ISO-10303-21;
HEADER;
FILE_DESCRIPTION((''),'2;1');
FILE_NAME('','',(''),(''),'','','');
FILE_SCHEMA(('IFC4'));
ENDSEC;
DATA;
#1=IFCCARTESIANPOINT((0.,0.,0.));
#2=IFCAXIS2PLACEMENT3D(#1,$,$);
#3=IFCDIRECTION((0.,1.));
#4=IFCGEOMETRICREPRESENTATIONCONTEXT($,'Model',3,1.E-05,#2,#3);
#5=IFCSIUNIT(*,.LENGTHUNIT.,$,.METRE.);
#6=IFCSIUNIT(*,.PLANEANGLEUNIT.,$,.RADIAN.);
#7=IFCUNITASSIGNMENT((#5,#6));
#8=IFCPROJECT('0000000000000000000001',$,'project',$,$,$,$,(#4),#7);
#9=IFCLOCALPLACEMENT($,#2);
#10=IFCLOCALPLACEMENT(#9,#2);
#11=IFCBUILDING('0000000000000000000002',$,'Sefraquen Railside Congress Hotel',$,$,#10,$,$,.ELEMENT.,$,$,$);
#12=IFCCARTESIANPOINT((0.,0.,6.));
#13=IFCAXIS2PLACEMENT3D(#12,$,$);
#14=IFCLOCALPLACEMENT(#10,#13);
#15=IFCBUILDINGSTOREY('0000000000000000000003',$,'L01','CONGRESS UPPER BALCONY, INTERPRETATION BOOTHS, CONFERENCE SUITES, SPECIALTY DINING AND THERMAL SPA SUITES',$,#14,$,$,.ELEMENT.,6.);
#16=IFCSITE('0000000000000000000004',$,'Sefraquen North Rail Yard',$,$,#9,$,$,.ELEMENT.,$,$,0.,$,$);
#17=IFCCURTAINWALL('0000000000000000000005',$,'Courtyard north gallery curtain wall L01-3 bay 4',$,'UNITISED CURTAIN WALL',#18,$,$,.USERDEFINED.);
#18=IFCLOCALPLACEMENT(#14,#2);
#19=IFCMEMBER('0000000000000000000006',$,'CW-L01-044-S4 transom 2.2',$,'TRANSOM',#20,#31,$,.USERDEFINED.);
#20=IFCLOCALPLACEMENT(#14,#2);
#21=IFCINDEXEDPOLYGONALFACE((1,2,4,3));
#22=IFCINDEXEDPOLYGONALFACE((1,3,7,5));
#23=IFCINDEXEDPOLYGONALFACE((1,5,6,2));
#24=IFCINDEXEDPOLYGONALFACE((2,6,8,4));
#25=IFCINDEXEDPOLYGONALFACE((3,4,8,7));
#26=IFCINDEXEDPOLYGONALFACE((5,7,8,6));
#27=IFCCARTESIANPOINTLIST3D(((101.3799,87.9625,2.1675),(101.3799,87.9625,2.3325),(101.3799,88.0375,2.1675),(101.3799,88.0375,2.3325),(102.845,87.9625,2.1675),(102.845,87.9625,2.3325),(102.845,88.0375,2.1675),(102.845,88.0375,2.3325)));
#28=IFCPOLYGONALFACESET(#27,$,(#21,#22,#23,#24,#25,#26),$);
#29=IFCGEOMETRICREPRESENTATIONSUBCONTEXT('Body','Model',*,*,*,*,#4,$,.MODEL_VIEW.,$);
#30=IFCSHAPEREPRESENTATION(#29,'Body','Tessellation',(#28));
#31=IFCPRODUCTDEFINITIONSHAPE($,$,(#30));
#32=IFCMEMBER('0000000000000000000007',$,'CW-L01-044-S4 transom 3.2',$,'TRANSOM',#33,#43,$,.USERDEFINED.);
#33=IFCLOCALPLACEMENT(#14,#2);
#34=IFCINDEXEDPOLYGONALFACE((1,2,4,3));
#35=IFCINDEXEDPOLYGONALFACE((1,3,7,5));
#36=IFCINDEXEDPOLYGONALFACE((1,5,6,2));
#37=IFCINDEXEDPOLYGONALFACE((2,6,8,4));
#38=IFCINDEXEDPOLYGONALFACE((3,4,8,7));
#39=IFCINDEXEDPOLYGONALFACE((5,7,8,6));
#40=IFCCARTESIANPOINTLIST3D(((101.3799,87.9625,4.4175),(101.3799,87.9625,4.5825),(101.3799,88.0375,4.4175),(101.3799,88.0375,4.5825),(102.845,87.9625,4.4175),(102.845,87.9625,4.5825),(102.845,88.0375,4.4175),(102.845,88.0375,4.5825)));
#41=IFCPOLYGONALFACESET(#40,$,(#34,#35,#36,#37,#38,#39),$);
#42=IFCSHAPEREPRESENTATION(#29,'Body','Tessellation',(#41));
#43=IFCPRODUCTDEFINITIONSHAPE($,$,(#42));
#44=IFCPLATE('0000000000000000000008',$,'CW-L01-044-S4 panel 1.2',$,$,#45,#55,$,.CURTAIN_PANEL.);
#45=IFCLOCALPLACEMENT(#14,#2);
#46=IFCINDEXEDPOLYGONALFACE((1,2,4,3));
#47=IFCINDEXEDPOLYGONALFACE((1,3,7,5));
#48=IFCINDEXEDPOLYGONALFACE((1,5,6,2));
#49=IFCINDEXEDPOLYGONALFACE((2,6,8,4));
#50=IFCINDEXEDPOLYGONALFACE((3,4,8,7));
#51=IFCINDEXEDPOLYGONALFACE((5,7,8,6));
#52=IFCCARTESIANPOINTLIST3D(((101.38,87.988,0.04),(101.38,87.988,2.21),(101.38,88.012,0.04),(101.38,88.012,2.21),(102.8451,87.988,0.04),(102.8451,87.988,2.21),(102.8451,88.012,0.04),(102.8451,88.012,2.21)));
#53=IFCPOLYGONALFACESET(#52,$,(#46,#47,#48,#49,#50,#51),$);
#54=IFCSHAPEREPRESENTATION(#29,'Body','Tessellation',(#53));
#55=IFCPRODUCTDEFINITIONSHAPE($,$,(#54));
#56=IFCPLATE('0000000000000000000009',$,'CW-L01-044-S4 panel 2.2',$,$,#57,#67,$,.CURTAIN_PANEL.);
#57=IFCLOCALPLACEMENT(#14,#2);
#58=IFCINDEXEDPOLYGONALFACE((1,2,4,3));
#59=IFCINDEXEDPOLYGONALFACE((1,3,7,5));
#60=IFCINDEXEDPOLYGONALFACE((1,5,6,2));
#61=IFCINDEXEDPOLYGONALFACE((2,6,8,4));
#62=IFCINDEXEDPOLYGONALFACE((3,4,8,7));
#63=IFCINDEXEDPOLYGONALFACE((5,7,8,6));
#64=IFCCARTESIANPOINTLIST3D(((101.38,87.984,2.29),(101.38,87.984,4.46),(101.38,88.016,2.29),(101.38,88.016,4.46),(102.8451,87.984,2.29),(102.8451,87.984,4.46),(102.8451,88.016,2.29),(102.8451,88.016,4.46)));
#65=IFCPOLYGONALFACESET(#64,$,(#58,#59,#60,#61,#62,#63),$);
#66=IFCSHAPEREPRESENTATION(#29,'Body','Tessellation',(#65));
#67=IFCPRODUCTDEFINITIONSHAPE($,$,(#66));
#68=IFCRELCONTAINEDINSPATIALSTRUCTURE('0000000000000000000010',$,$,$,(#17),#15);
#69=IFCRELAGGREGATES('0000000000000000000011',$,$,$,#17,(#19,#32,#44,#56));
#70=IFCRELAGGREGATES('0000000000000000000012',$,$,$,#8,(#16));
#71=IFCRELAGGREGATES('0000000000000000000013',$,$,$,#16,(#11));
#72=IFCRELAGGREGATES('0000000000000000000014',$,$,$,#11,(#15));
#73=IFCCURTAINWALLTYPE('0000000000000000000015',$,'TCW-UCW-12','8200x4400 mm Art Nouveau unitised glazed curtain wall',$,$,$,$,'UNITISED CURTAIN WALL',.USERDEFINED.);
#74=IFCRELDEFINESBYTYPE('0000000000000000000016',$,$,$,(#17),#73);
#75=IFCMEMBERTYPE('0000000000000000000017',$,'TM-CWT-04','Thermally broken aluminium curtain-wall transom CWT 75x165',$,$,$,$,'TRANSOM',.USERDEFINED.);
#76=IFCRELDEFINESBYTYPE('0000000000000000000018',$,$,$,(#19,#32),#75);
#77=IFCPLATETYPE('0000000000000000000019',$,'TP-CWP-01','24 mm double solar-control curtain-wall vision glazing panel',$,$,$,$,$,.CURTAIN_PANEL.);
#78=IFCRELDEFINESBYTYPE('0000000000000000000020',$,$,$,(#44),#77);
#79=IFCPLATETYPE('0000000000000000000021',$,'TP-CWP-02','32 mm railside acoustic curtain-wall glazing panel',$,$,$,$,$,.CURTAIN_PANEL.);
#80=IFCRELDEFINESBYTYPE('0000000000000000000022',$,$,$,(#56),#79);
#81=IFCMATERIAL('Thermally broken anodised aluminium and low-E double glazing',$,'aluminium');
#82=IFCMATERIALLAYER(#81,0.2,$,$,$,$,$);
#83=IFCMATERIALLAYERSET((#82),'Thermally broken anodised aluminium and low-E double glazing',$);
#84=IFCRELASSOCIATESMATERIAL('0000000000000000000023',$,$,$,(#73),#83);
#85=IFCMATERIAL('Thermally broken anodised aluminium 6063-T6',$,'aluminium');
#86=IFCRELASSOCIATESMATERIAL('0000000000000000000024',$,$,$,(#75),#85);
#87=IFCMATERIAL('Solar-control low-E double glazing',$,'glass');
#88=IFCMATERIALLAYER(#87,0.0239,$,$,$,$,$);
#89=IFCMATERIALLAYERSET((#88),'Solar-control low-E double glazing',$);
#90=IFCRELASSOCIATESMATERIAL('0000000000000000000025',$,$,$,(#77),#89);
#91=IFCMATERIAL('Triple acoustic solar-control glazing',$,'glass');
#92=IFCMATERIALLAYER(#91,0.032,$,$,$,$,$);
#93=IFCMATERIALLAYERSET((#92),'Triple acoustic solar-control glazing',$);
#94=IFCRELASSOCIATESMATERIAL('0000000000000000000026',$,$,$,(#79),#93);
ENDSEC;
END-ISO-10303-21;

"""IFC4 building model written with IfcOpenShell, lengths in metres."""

from ifc_helpers import new_model, si_unit, direction, frame, origin, origin_2d, place, context, subcontext, project, spatial, rectangle, extrude, material, layer, layer_set, material_profile, profile_set, type_object, element, aggregate, save


model = new_model("IFC4")

# Units and contexts
model_context = context("Model", 3, precision=1e-05, world=origin(), true_north=direction((0.0, 1.0)))
body_context = subcontext(model_context, "Body", "Model", "MODEL_VIEW")
ifc_project = project(units=[si_unit("LENGTHUNIT", "METRE"), si_unit("PLANEANGLEUNIT", "RADIAN")], contexts=[model_context])

# Site, building, storey
site_placement = place(None, origin())
site = spatial("IfcSite", under=ifc_project, at=site_placement, Name="Sefraquen North Rail Yard", CompositionType="ELEMENT", RefElevation=0.0)
building_placement = place(site_placement, origin())
building = spatial("IfcBuilding", under=site, at=building_placement, Name="Sefraquen Railside Congress Hotel", CompositionType="ELEMENT")
storey_placement = place(building_placement, frame((0.0, 0.0, 6.0)))
storey = spatial("IfcBuildingStorey", under=building, at=storey_placement, Name="L01", Description="CONGRESS UPPER BALCONY, INTERPRETATION BOOTHS, CONFERENCE SUITES, SPECIALTY DINING AND THERMAL SPA SUITES", CompositionType="ELEMENT", Elevation=6.0)

# Curtain wall, members, plates
ifc_material_1 = material(Name="Thermally broken anodised aluminium and low-E double glazing", Category="aluminium")
ifc_layer_1 = layer(ifc_material_1, 0.2)
ifc_layer_set_1 = layer_set([ifc_layer_1], Name="Thermally broken anodised aluminium and low-E double glazing")
curtain_wall_type = type_object("IfcCurtainWallType", Name="TCW-UCW-12", Description="8200x4400 mm Art Nouveau unitised glazed curtain wall", ElementType="UNITISED CURTAIN WALL", PredefinedType="USERDEFINED", material=ifc_layer_set_1)
curtain_wall_placement = place(storey_placement, origin())
curtain_wall = element("IfcCurtainWall", 1, at=curtain_wall_placement, inside=storey, type_object=curtain_wall_type, Name="Courtyard north gallery curtain wall L01-3 bay 4", ObjectType="UNITISED CURTAIN WALL", PredefinedType="USERDEFINED")
ifc_material_2 = material(Name="Thermally broken anodised aluminium 6063-T6", Category="aluminium")
ifc_material_profile_1 = material_profile(ifc_material_2, rectangle(XDim=0.075, YDim=0.165, at=origin_2d()), Name="CWT 75x165")
ifc_profile_set_1 = profile_set([ifc_material_profile_1], Name="Thermally broken anodised aluminium 6063-T6")
member_type_1 = type_object("IfcMemberType", Name="TM-CWT-04", Description="Thermally broken aluminium curtain-wall transom CWT 75x165", ElementType="TRANSOM", PredefinedType="USERDEFINED", material=ifc_profile_set_1)
member_1_placement = place(storey_placement, frame((101.3799, 88.0, 2.25), z_axis=(1.0, 0.0, 0.0), x_axis=(0.0, 1.0, 0.0)))
member_1 = element("IfcMember", 2, at=member_1_placement, type_object=member_type_1, Name="CW-L01-044-S4 transom 2.2", ObjectType="TRANSOM", PredefinedType="USERDEFINED", context=body_context, shape_type="SweptSolid", body=[
    extrude(rectangle(XDim=0.075, YDim=0.165, at=origin_2d()), origin(), (0.0, 0.0, 1.0), 1.4651),
])
member_2_placement = place(storey_placement, frame((101.3799, 88.0, 4.5), z_axis=(1.0, 0.0, 0.0), x_axis=(0.0, 1.0, 0.0)))
member_2 = element("IfcMember", 3, at=member_2_placement, type_object=member_type_1, Name="CW-L01-044-S4 transom 3.2", ObjectType="TRANSOM", PredefinedType="USERDEFINED", context=body_context, shape_type="SweptSolid", body=[
    extrude(rectangle(XDim=0.075, YDim=0.165, at=origin_2d()), origin(), (0.0, 0.0, 1.0), 1.4651),
])
ifc_material_3 = material(Name="Solar-control low-E double glazing", Category="glass")
ifc_layer_2 = layer(ifc_material_3, 0.0239)
ifc_layer_set_2 = layer_set([ifc_layer_2], Name="Solar-control low-E double glazing")
plate_type_1 = type_object("IfcPlateType", Name="TP-CWP-01", Description="24 mm double solar-control curtain-wall vision glazing panel", PredefinedType="CURTAIN_PANEL", material=ifc_layer_set_2)
plate_1_placement = place(storey_placement, frame((102.1125, 88.0, 0.04), z_axis=(0.0, 0.0, 1.0), x_axis=(1.0, 0.0, 0.0)))
plate_1 = element("IfcPlate", 4, at=plate_1_placement, type_object=plate_type_1, Name="CW-L01-044-S4 panel 1.2", PredefinedType="CURTAIN_PANEL", context=body_context, shape_type="SweptSolid", body=[
    extrude(rectangle(XDim=1.4651, YDim=0.0239, at=origin_2d()), origin(), (0.0, 0.0, 1.0), 2.1699),
])
ifc_material_4 = material(Name="Triple acoustic solar-control glazing", Category="glass")
ifc_layer_3 = layer(ifc_material_4, 0.032)
ifc_layer_set_3 = layer_set([ifc_layer_3], Name="Triple acoustic solar-control glazing")
plate_type_2 = type_object("IfcPlateType", Name="TP-CWP-02", Description="32 mm railside acoustic curtain-wall glazing panel", PredefinedType="CURTAIN_PANEL", material=ifc_layer_set_3)
plate_2_placement = place(storey_placement, frame((102.1125, 88.0, 2.29), z_axis=(0.0, 0.0, 1.0), x_axis=(1.0, 0.0, 0.0)))
plate_2 = element("IfcPlate", 5, at=plate_2_placement, type_object=plate_type_2, Name="CW-L01-044-S4 panel 2.2", PredefinedType="CURTAIN_PANEL", context=body_context, shape_type="SweptSolid", body=[
    extrude(rectangle(XDim=1.4651, YDim=0.032, at=origin_2d()), origin(), (0.0, 0.0, 1.0), 2.1699),
])
aggregate(curtain_wall, [member_1, member_2, plate_1, plate_2])

save(model, "model.ifc")
